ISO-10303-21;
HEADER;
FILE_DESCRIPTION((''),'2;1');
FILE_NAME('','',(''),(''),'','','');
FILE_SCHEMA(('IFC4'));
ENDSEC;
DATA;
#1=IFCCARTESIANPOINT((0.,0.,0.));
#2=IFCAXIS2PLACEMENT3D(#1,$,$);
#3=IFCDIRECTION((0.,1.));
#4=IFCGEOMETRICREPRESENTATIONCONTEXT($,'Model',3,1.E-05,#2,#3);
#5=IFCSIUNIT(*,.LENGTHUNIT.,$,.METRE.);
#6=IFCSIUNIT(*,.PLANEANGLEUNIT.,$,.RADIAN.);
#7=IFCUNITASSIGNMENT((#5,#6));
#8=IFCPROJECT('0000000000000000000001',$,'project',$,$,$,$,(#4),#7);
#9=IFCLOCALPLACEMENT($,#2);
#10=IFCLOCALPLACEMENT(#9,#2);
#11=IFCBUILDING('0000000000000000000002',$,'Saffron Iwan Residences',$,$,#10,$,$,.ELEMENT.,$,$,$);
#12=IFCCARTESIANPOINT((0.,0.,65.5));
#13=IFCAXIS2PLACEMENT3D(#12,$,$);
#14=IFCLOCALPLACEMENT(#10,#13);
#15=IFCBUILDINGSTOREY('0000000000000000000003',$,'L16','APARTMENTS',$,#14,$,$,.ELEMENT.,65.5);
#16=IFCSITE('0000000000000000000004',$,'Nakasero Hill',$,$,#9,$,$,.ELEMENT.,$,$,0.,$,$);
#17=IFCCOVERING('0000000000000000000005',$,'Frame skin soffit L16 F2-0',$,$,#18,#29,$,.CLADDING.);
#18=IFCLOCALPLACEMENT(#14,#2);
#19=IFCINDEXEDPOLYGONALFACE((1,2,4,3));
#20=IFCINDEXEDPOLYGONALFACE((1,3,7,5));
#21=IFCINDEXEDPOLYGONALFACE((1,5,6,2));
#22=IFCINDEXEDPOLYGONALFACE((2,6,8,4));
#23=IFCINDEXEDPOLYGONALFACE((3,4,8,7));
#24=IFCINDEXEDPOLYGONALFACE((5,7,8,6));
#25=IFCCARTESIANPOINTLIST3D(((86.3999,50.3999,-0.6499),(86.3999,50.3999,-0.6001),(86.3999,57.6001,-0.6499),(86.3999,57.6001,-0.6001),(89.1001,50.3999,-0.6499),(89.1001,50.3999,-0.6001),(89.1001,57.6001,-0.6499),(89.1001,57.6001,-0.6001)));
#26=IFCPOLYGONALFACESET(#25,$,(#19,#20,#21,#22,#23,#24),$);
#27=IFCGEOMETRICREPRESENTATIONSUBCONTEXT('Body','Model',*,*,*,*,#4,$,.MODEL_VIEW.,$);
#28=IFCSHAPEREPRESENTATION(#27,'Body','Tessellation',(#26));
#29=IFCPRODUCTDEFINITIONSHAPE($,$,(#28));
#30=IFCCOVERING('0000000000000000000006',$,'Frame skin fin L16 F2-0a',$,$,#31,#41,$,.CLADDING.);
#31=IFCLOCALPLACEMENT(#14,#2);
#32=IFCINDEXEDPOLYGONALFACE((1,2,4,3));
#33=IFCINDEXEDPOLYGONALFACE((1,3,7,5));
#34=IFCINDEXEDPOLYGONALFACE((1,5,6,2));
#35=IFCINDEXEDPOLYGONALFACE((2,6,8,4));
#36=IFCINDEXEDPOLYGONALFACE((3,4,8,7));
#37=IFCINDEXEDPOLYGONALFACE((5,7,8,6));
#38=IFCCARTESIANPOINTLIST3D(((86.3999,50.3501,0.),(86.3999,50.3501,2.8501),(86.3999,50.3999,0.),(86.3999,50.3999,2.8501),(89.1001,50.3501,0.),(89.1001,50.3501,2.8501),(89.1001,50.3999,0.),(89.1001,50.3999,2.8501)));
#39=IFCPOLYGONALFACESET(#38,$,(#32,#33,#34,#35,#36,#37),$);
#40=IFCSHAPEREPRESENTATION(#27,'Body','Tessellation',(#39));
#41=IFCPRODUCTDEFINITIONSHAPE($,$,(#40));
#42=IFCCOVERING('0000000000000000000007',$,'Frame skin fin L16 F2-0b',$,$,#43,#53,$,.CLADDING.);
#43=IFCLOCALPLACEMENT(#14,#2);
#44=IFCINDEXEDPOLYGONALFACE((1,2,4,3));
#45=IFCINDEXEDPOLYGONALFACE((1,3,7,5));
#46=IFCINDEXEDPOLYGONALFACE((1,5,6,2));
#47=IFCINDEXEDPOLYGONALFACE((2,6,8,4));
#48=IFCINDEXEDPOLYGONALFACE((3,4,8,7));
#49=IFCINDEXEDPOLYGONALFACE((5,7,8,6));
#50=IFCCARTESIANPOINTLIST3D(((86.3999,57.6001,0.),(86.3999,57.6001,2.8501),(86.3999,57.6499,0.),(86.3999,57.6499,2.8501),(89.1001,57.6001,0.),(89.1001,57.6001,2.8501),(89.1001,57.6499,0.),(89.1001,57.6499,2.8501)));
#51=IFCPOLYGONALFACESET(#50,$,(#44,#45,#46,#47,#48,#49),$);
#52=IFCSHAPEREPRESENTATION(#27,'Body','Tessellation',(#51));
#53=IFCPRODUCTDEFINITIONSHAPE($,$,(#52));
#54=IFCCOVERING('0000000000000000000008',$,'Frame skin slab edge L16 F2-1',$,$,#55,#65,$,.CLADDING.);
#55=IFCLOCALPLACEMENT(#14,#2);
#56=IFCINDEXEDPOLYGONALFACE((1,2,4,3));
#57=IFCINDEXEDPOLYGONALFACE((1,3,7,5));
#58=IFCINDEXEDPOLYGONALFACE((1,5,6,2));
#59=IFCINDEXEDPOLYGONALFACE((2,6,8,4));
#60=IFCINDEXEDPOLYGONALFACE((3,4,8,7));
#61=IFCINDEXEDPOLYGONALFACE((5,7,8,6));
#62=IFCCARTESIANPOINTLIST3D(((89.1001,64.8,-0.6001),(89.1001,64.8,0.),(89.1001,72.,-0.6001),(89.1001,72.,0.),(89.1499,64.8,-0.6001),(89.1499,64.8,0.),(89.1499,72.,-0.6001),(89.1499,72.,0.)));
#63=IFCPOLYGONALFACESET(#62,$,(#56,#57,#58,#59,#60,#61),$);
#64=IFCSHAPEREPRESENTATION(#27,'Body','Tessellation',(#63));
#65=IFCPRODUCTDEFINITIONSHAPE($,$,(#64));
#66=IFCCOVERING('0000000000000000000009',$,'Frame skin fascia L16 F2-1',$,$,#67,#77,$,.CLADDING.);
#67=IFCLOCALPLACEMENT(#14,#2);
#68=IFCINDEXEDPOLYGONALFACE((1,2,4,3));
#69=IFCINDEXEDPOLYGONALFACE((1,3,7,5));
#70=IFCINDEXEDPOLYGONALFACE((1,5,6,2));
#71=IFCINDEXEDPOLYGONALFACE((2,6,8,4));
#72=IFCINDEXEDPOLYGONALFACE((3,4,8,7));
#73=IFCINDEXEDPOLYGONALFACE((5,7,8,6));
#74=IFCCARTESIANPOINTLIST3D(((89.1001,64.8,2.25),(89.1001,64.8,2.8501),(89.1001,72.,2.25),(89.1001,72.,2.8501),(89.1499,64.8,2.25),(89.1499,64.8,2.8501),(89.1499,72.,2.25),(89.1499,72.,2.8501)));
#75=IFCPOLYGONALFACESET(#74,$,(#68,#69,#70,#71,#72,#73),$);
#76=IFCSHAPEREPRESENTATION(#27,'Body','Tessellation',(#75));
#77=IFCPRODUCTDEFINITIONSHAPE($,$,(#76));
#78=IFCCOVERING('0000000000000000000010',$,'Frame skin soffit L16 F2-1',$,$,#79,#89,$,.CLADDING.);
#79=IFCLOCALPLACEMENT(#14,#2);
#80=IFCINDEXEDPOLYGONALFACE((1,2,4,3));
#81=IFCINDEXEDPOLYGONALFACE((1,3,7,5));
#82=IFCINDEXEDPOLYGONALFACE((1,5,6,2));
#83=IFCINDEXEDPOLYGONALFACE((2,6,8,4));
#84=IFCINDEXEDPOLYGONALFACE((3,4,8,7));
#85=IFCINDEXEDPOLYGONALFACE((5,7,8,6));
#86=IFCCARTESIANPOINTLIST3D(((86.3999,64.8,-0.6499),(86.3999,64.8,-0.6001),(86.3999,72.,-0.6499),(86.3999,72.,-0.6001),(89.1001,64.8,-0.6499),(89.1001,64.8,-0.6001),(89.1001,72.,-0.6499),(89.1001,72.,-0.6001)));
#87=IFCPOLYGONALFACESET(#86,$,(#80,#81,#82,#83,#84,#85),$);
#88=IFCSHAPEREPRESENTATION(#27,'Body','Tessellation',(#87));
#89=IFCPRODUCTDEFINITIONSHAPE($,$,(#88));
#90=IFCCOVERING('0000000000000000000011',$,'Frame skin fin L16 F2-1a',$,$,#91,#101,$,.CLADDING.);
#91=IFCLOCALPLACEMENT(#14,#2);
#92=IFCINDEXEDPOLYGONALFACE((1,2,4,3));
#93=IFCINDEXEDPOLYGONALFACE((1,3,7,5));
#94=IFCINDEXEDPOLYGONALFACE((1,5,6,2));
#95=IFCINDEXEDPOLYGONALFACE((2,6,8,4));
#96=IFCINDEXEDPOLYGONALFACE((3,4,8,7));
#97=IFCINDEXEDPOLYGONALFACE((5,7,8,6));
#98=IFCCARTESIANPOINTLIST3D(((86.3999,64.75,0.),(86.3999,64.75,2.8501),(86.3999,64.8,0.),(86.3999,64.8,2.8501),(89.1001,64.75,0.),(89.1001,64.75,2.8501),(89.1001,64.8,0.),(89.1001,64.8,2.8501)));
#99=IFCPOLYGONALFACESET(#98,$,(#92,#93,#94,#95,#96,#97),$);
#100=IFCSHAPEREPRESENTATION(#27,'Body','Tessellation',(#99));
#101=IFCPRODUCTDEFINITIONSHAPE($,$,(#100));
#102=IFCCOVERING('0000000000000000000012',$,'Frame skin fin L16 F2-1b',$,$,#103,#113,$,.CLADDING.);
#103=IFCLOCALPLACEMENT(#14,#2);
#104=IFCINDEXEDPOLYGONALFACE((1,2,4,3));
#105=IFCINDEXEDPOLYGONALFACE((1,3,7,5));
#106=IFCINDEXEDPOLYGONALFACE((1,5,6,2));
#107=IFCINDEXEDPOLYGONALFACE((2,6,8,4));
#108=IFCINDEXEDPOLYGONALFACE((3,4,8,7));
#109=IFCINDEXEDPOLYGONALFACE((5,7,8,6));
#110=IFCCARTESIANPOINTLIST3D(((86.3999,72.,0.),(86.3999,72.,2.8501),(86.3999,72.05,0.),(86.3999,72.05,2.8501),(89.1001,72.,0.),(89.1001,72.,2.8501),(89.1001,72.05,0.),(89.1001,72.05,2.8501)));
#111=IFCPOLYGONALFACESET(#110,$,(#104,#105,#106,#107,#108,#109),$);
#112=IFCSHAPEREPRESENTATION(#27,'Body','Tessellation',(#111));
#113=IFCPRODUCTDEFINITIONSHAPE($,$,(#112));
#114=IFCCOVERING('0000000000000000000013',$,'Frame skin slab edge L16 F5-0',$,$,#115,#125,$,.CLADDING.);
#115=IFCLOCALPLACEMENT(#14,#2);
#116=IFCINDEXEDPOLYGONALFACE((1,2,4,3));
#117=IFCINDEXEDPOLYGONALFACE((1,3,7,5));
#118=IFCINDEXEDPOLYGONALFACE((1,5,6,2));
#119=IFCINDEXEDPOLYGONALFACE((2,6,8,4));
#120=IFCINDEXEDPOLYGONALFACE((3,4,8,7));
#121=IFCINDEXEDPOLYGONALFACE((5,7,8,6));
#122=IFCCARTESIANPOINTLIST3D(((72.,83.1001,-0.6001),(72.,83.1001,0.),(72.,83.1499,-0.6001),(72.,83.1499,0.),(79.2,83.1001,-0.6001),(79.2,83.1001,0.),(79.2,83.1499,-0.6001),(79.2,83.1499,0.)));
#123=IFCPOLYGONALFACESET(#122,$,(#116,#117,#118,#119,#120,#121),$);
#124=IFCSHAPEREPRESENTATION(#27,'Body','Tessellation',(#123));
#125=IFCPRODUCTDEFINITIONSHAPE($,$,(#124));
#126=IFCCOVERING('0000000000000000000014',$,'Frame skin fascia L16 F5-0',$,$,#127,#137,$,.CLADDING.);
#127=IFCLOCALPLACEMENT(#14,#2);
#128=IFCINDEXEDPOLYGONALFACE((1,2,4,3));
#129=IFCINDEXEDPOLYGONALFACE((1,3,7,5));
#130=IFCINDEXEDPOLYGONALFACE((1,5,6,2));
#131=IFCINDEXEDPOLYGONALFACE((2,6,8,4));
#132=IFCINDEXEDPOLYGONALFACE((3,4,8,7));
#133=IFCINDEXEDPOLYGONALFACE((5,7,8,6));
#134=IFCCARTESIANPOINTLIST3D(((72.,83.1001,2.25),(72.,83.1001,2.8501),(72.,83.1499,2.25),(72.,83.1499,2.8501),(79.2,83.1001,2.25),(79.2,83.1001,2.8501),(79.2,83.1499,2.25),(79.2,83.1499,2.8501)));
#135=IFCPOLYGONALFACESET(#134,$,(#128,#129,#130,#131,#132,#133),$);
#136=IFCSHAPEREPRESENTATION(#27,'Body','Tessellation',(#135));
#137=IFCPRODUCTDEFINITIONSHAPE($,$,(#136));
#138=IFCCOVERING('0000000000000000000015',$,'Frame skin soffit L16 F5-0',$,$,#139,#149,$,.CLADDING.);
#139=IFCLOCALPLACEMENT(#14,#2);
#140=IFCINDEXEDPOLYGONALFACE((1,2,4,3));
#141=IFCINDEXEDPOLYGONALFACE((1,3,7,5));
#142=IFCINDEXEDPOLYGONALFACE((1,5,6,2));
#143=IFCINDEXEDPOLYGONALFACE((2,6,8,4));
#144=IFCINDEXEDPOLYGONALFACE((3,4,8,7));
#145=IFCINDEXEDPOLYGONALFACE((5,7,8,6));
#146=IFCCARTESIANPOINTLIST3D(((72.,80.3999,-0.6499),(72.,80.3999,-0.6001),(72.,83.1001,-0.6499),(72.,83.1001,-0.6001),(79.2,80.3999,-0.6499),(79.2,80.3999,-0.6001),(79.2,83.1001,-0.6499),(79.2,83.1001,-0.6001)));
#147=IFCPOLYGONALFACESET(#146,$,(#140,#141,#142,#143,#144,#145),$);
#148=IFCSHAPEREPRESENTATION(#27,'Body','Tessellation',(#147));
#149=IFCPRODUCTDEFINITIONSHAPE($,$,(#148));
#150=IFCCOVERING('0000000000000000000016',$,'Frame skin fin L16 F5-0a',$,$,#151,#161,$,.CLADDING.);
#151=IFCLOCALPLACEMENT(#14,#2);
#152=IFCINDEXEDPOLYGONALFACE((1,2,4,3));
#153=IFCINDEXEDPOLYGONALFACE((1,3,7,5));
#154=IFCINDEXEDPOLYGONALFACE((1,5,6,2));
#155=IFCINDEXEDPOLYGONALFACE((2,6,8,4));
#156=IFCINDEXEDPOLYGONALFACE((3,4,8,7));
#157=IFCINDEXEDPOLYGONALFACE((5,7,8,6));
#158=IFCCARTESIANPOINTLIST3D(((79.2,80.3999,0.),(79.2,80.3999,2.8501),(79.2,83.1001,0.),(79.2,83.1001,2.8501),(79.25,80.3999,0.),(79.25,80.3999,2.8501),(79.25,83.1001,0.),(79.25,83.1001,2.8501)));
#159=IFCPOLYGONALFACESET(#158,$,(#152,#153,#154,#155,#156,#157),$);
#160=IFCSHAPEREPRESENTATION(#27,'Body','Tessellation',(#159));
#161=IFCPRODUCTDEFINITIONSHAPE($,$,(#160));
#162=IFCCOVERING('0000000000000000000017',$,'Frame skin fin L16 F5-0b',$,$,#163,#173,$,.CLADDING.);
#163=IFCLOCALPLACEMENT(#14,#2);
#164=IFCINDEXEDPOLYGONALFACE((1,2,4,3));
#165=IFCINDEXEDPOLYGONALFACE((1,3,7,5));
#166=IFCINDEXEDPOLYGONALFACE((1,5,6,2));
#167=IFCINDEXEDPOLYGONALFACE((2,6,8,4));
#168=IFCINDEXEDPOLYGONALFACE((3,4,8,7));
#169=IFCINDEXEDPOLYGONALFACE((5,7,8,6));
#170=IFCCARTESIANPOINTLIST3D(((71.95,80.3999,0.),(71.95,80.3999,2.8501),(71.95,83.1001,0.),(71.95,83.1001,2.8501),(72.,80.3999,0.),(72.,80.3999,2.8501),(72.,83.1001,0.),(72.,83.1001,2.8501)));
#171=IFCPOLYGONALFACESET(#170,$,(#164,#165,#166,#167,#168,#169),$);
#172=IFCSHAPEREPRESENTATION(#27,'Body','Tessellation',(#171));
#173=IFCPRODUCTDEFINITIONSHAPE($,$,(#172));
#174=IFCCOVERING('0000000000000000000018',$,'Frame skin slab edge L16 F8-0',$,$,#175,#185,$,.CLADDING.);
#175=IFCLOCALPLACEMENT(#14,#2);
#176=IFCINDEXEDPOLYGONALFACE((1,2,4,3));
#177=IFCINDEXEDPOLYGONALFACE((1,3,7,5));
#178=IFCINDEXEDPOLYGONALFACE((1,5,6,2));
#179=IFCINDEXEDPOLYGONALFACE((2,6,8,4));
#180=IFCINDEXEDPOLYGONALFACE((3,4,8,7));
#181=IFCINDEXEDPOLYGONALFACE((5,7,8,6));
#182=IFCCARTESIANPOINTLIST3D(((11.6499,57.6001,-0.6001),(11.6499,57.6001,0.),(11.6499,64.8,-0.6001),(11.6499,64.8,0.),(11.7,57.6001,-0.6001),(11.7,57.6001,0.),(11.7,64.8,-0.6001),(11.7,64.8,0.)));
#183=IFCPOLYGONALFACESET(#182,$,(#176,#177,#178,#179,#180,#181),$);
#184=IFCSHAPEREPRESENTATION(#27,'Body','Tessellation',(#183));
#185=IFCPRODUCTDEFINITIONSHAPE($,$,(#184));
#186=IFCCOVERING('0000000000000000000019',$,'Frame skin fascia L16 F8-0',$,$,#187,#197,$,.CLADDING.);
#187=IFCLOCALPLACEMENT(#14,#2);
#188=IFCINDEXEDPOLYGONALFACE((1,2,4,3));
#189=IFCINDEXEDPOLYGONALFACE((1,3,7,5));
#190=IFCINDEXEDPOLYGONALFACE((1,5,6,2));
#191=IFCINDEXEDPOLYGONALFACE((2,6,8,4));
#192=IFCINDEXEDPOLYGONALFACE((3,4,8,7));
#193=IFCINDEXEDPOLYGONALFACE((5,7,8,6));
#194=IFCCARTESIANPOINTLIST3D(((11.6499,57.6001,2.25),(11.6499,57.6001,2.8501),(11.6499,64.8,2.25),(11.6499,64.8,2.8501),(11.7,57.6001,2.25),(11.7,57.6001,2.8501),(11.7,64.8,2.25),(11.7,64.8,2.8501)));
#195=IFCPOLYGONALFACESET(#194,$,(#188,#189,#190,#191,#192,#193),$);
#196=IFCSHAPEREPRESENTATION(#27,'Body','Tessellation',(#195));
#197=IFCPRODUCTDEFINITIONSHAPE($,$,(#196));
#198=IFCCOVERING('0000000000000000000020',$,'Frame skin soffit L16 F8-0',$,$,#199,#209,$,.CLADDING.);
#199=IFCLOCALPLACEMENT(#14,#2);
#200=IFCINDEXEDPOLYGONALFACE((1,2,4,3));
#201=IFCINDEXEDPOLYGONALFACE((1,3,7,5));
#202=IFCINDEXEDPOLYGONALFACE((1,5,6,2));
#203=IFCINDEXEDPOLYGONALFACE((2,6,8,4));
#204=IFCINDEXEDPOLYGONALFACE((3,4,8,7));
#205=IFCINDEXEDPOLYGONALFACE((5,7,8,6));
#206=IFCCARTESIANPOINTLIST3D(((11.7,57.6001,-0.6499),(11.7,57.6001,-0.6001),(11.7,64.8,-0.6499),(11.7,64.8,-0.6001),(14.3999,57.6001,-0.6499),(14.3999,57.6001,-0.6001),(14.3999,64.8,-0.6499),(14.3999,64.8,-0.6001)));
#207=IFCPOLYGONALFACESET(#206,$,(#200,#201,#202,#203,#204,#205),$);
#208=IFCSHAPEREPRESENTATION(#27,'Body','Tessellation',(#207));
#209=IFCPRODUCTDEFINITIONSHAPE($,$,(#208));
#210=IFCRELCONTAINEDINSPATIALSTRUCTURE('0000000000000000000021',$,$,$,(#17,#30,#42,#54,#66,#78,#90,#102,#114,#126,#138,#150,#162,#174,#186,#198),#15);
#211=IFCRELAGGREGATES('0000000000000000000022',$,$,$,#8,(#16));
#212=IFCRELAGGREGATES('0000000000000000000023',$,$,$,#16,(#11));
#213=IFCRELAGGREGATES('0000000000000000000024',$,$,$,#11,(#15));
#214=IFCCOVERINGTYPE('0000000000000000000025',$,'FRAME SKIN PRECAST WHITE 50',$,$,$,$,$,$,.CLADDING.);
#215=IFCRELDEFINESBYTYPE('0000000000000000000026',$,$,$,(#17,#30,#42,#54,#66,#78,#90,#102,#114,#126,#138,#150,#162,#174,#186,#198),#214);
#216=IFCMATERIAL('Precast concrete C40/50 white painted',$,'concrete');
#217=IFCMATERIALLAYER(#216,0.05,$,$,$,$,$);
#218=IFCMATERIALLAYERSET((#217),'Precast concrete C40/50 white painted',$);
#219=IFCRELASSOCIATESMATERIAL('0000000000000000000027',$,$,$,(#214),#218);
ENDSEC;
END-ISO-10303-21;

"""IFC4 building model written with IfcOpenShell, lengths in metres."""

from ifc_helpers import new_model, si_unit, direction, frame, origin, place, context, subcontext, project, spatial, polyline, outline, extrude, material, layer, layer_set, type_object, element, save


model = new_model("IFC4")

# Units and contexts
model_context = context("Model", 3, precision=1e-05, world=origin(), true_north=direction((0.0, 1.0)))
body_context = subcontext(model_context, "Body", "Model", "MODEL_VIEW")
ifc_project = project(units=[si_unit("LENGTHUNIT", "METRE"), si_unit("PLANEANGLEUNIT", "RADIAN")], contexts=[model_context])

# Site, building, storey
site_placement = place(None, origin())
site = spatial("IfcSite", under=ifc_project, at=site_placement, Name="Nakasero Hill", CompositionType="ELEMENT", RefElevation=0.0)
building_placement = place(site_placement, origin())
building = spatial("IfcBuilding", under=site, at=building_placement, Name="Saffron Iwan Residences", CompositionType="ELEMENT")
storey_placement = place(building_placement, frame((0.0, 0.0, 65.5)))
storey = spatial("IfcBuildingStorey", under=building, at=storey_placement, Name="L16", Description="APARTMENTS", CompositionType="ELEMENT", Elevation=65.5)

# Coverings
ifc_material_1 = material(Name="Precast concrete C40/50 white painted", Category="concrete")
ifc_layer_1 = layer(ifc_material_1, 0.05)
ifc_layer_set_1 = layer_set([ifc_layer_1], Name="Precast concrete C40/50 white painted")
covering_type_1 = type_object("IfcCoveringType", Name="FRAME SKIN PRECAST WHITE 50", PredefinedType="CLADDING", material=ifc_layer_set_1)
covering_1_placement = place(storey_placement, frame((0.0, 0.0, -0.6499)))
element("IfcCovering", 1, at=covering_1_placement, inside=storey, type_object=covering_type_1, Name="Frame skin soffit L16 F2-0", PredefinedType="CLADDING", context=body_context, shape_type="SweptSolid", body=[
    extrude(outline(polyline([(89.1001, 50.3999), (89.1001, 57.6001), (86.3999, 57.6001), (86.3999, 50.3999), (89.1001, 50.3999)])), origin(), (0.0, 0.0, 1.0), 0.0498),
])
covering_2_placement = place(storey_placement, origin())
element("IfcCovering", 2, at=covering_2_placement, inside=storey, type_object=covering_type_1, Name="Frame skin fin L16 F2-0a", PredefinedType="CLADDING", context=body_context, shape_type="SweptSolid", body=[
    extrude(outline(polyline([(89.1001, 50.3501), (89.1001, 50.3999), (86.3999, 50.3999), (86.3999, 50.3501), (89.1001, 50.3501)])), origin(), (0.0, 0.0, 1.0), 2.8501),
])
covering_3_placement = place(storey_placement, origin())
element("IfcCovering", 3, at=covering_3_placement, inside=storey, type_object=covering_type_1, Name="Frame skin fin L16 F2-0b", PredefinedType="CLADDING", context=body_context, shape_type="SweptSolid", body=[
    extrude(outline(polyline([(89.1001, 57.6001), (89.1001, 57.6499), (86.3999, 57.6499), (86.3999, 57.6001), (89.1001, 57.6001)])), origin(), (0.0, 0.0, 1.0), 2.8501),
])
for number, where, name in (
    (4, (0.0, 0.0, -0.6001), "Frame skin slab edge L16 F2-1"),
    (5, (0.0, 0.0, 2.25), "Frame skin fascia L16 F2-1"),
):
    element("IfcCovering", number, at=place(storey_placement, frame(where)), inside=storey, type_object=covering_type_1, Name=name, PredefinedType="CLADDING", context=body_context, shape_type="SweptSolid", body=[
        extrude(outline(polyline([(89.1499, 64.8), (89.1499, 72.0), (89.1001, 72.0), (89.1001, 64.8), (89.1499, 64.8)])), origin(), (0.0, 0.0, 1.0), 0.6001),
    ])
covering_4_placement = place(storey_placement, frame((0.0, 0.0, -0.6499)))
element("IfcCovering", 6, at=covering_4_placement, inside=storey, type_object=covering_type_1, Name="Frame skin soffit L16 F2-1", PredefinedType="CLADDING", context=body_context, shape_type="SweptSolid", body=[
    extrude(outline(polyline([(89.1001, 64.8), (89.1001, 72.0), (86.3999, 72.0), (86.3999, 64.8), (89.1001, 64.8)])), origin(), (0.0, 0.0, 1.0), 0.0498),
])
covering_5_placement = place(storey_placement, origin())
element("IfcCovering", 7, at=covering_5_placement, inside=storey, type_object=covering_type_1, Name="Frame skin fin L16 F2-1a", PredefinedType="CLADDING", context=body_context, shape_type="SweptSolid", body=[
    extrude(outline(polyline([(89.1001, 64.75), (89.1001, 64.8), (86.3999, 64.8), (86.3999, 64.75), (89.1001, 64.75)])), origin(), (0.0, 0.0, 1.0), 2.8501),
])
covering_6_placement = place(storey_placement, origin())
element("IfcCovering", 8, at=covering_6_placement, inside=storey, type_object=covering_type_1, Name="Frame skin fin L16 F2-1b", PredefinedType="CLADDING", context=body_context, shape_type="SweptSolid", body=[
    extrude(outline(polyline([(89.1001, 72.0), (89.1001, 72.05), (86.3999, 72.05), (86.3999, 72.0), (89.1001, 72.0)])), origin(), (0.0, 0.0, 1.0), 2.8501),
])
for number, where, name in (
    (9, (0.0, 0.0, -0.6001), "Frame skin slab edge L16 F5-0"),
    (10, (0.0, 0.0, 2.25), "Frame skin fascia L16 F5-0"),
):
    element("IfcCovering", number, at=place(storey_placement, frame(where)), inside=storey, type_object=covering_type_1, Name=name, PredefinedType="CLADDING", context=body_context, shape_type="SweptSolid", body=[
        extrude(outline(polyline([(79.2, 83.1499), (72.0, 83.1499), (72.0, 83.1001), (79.2, 83.1001), (79.2, 83.1499)])), origin(), (0.0, 0.0, 1.0), 0.6001),
    ])
covering_7_placement = place(storey_placement, frame((0.0, 0.0, -0.6499)))
element("IfcCovering", 11, at=covering_7_placement, inside=storey, type_object=covering_type_1, Name="Frame skin soffit L16 F5-0", PredefinedType="CLADDING", context=body_context, shape_type="SweptSolid", body=[
    extrude(outline(polyline([(79.2, 83.1001), (72.0, 83.1001), (72.0, 80.3999), (79.2, 80.3999), (79.2, 83.1001)])), origin(), (0.0, 0.0, 1.0), 0.0498),
])
covering_8_placement = place(storey_placement, origin())
element("IfcCovering", 12, at=covering_8_placement, inside=storey, type_object=covering_type_1, Name="Frame skin fin L16 F5-0a", PredefinedType="CLADDING", context=body_context, shape_type="SweptSolid", body=[
    extrude(outline(polyline([(79.25, 83.1001), (79.2, 83.1001), (79.2, 80.3999), (79.25, 80.3999), (79.25, 83.1001)])), origin(), (0.0, 0.0, 1.0), 2.8501),
])
covering_9_placement = place(storey_placement, origin())
element("IfcCovering", 13, at=covering_9_placement, inside=storey, type_object=covering_type_1, Name="Frame skin fin L16 F5-0b", PredefinedType="CLADDING", context=body_context, shape_type="SweptSolid", body=[
    extrude(outline(polyline([(72.0, 83.1001), (71.95, 83.1001), (71.95, 80.3999), (72.0, 80.3999), (72.0, 83.1001)])), origin(), (0.0, 0.0, 1.0), 2.8501),
])
for number, where, name in (
    (14, (0.0, 0.0, -0.6001), "Frame skin slab edge L16 F8-0"),
    (15, (0.0, 0.0, 2.25), "Frame skin fascia L16 F8-0"),
):
    element("IfcCovering", number, at=place(storey_placement, frame(where)), inside=storey, type_object=covering_type_1, Name=name, PredefinedType="CLADDING", context=body_context, shape_type="SweptSolid", body=[
        extrude(outline(polyline([(11.6499, 64.8), (11.6499, 57.6001), (11.7, 57.6001), (11.7, 64.8), (11.6499, 64.8)])), origin(), (0.0, 0.0, 1.0), 0.6001),
    ])
covering_10_placement = place(storey_placement, frame((0.0, 0.0, -0.6499)))
element("IfcCovering", 16, at=covering_10_placement, inside=storey, type_object=covering_type_1, Name="Frame skin soffit L16 F8-0", PredefinedType="CLADDING", context=body_context, shape_type="SweptSolid", body=[
    extrude(outline(polyline([(11.7, 64.8), (11.7, 57.6001), (14.3999, 57.6001), (14.3999, 64.8), (11.7, 64.8)])), origin(), (0.0, 0.0, 1.0), 0.0498),
])

save(model, "model.ifc")
